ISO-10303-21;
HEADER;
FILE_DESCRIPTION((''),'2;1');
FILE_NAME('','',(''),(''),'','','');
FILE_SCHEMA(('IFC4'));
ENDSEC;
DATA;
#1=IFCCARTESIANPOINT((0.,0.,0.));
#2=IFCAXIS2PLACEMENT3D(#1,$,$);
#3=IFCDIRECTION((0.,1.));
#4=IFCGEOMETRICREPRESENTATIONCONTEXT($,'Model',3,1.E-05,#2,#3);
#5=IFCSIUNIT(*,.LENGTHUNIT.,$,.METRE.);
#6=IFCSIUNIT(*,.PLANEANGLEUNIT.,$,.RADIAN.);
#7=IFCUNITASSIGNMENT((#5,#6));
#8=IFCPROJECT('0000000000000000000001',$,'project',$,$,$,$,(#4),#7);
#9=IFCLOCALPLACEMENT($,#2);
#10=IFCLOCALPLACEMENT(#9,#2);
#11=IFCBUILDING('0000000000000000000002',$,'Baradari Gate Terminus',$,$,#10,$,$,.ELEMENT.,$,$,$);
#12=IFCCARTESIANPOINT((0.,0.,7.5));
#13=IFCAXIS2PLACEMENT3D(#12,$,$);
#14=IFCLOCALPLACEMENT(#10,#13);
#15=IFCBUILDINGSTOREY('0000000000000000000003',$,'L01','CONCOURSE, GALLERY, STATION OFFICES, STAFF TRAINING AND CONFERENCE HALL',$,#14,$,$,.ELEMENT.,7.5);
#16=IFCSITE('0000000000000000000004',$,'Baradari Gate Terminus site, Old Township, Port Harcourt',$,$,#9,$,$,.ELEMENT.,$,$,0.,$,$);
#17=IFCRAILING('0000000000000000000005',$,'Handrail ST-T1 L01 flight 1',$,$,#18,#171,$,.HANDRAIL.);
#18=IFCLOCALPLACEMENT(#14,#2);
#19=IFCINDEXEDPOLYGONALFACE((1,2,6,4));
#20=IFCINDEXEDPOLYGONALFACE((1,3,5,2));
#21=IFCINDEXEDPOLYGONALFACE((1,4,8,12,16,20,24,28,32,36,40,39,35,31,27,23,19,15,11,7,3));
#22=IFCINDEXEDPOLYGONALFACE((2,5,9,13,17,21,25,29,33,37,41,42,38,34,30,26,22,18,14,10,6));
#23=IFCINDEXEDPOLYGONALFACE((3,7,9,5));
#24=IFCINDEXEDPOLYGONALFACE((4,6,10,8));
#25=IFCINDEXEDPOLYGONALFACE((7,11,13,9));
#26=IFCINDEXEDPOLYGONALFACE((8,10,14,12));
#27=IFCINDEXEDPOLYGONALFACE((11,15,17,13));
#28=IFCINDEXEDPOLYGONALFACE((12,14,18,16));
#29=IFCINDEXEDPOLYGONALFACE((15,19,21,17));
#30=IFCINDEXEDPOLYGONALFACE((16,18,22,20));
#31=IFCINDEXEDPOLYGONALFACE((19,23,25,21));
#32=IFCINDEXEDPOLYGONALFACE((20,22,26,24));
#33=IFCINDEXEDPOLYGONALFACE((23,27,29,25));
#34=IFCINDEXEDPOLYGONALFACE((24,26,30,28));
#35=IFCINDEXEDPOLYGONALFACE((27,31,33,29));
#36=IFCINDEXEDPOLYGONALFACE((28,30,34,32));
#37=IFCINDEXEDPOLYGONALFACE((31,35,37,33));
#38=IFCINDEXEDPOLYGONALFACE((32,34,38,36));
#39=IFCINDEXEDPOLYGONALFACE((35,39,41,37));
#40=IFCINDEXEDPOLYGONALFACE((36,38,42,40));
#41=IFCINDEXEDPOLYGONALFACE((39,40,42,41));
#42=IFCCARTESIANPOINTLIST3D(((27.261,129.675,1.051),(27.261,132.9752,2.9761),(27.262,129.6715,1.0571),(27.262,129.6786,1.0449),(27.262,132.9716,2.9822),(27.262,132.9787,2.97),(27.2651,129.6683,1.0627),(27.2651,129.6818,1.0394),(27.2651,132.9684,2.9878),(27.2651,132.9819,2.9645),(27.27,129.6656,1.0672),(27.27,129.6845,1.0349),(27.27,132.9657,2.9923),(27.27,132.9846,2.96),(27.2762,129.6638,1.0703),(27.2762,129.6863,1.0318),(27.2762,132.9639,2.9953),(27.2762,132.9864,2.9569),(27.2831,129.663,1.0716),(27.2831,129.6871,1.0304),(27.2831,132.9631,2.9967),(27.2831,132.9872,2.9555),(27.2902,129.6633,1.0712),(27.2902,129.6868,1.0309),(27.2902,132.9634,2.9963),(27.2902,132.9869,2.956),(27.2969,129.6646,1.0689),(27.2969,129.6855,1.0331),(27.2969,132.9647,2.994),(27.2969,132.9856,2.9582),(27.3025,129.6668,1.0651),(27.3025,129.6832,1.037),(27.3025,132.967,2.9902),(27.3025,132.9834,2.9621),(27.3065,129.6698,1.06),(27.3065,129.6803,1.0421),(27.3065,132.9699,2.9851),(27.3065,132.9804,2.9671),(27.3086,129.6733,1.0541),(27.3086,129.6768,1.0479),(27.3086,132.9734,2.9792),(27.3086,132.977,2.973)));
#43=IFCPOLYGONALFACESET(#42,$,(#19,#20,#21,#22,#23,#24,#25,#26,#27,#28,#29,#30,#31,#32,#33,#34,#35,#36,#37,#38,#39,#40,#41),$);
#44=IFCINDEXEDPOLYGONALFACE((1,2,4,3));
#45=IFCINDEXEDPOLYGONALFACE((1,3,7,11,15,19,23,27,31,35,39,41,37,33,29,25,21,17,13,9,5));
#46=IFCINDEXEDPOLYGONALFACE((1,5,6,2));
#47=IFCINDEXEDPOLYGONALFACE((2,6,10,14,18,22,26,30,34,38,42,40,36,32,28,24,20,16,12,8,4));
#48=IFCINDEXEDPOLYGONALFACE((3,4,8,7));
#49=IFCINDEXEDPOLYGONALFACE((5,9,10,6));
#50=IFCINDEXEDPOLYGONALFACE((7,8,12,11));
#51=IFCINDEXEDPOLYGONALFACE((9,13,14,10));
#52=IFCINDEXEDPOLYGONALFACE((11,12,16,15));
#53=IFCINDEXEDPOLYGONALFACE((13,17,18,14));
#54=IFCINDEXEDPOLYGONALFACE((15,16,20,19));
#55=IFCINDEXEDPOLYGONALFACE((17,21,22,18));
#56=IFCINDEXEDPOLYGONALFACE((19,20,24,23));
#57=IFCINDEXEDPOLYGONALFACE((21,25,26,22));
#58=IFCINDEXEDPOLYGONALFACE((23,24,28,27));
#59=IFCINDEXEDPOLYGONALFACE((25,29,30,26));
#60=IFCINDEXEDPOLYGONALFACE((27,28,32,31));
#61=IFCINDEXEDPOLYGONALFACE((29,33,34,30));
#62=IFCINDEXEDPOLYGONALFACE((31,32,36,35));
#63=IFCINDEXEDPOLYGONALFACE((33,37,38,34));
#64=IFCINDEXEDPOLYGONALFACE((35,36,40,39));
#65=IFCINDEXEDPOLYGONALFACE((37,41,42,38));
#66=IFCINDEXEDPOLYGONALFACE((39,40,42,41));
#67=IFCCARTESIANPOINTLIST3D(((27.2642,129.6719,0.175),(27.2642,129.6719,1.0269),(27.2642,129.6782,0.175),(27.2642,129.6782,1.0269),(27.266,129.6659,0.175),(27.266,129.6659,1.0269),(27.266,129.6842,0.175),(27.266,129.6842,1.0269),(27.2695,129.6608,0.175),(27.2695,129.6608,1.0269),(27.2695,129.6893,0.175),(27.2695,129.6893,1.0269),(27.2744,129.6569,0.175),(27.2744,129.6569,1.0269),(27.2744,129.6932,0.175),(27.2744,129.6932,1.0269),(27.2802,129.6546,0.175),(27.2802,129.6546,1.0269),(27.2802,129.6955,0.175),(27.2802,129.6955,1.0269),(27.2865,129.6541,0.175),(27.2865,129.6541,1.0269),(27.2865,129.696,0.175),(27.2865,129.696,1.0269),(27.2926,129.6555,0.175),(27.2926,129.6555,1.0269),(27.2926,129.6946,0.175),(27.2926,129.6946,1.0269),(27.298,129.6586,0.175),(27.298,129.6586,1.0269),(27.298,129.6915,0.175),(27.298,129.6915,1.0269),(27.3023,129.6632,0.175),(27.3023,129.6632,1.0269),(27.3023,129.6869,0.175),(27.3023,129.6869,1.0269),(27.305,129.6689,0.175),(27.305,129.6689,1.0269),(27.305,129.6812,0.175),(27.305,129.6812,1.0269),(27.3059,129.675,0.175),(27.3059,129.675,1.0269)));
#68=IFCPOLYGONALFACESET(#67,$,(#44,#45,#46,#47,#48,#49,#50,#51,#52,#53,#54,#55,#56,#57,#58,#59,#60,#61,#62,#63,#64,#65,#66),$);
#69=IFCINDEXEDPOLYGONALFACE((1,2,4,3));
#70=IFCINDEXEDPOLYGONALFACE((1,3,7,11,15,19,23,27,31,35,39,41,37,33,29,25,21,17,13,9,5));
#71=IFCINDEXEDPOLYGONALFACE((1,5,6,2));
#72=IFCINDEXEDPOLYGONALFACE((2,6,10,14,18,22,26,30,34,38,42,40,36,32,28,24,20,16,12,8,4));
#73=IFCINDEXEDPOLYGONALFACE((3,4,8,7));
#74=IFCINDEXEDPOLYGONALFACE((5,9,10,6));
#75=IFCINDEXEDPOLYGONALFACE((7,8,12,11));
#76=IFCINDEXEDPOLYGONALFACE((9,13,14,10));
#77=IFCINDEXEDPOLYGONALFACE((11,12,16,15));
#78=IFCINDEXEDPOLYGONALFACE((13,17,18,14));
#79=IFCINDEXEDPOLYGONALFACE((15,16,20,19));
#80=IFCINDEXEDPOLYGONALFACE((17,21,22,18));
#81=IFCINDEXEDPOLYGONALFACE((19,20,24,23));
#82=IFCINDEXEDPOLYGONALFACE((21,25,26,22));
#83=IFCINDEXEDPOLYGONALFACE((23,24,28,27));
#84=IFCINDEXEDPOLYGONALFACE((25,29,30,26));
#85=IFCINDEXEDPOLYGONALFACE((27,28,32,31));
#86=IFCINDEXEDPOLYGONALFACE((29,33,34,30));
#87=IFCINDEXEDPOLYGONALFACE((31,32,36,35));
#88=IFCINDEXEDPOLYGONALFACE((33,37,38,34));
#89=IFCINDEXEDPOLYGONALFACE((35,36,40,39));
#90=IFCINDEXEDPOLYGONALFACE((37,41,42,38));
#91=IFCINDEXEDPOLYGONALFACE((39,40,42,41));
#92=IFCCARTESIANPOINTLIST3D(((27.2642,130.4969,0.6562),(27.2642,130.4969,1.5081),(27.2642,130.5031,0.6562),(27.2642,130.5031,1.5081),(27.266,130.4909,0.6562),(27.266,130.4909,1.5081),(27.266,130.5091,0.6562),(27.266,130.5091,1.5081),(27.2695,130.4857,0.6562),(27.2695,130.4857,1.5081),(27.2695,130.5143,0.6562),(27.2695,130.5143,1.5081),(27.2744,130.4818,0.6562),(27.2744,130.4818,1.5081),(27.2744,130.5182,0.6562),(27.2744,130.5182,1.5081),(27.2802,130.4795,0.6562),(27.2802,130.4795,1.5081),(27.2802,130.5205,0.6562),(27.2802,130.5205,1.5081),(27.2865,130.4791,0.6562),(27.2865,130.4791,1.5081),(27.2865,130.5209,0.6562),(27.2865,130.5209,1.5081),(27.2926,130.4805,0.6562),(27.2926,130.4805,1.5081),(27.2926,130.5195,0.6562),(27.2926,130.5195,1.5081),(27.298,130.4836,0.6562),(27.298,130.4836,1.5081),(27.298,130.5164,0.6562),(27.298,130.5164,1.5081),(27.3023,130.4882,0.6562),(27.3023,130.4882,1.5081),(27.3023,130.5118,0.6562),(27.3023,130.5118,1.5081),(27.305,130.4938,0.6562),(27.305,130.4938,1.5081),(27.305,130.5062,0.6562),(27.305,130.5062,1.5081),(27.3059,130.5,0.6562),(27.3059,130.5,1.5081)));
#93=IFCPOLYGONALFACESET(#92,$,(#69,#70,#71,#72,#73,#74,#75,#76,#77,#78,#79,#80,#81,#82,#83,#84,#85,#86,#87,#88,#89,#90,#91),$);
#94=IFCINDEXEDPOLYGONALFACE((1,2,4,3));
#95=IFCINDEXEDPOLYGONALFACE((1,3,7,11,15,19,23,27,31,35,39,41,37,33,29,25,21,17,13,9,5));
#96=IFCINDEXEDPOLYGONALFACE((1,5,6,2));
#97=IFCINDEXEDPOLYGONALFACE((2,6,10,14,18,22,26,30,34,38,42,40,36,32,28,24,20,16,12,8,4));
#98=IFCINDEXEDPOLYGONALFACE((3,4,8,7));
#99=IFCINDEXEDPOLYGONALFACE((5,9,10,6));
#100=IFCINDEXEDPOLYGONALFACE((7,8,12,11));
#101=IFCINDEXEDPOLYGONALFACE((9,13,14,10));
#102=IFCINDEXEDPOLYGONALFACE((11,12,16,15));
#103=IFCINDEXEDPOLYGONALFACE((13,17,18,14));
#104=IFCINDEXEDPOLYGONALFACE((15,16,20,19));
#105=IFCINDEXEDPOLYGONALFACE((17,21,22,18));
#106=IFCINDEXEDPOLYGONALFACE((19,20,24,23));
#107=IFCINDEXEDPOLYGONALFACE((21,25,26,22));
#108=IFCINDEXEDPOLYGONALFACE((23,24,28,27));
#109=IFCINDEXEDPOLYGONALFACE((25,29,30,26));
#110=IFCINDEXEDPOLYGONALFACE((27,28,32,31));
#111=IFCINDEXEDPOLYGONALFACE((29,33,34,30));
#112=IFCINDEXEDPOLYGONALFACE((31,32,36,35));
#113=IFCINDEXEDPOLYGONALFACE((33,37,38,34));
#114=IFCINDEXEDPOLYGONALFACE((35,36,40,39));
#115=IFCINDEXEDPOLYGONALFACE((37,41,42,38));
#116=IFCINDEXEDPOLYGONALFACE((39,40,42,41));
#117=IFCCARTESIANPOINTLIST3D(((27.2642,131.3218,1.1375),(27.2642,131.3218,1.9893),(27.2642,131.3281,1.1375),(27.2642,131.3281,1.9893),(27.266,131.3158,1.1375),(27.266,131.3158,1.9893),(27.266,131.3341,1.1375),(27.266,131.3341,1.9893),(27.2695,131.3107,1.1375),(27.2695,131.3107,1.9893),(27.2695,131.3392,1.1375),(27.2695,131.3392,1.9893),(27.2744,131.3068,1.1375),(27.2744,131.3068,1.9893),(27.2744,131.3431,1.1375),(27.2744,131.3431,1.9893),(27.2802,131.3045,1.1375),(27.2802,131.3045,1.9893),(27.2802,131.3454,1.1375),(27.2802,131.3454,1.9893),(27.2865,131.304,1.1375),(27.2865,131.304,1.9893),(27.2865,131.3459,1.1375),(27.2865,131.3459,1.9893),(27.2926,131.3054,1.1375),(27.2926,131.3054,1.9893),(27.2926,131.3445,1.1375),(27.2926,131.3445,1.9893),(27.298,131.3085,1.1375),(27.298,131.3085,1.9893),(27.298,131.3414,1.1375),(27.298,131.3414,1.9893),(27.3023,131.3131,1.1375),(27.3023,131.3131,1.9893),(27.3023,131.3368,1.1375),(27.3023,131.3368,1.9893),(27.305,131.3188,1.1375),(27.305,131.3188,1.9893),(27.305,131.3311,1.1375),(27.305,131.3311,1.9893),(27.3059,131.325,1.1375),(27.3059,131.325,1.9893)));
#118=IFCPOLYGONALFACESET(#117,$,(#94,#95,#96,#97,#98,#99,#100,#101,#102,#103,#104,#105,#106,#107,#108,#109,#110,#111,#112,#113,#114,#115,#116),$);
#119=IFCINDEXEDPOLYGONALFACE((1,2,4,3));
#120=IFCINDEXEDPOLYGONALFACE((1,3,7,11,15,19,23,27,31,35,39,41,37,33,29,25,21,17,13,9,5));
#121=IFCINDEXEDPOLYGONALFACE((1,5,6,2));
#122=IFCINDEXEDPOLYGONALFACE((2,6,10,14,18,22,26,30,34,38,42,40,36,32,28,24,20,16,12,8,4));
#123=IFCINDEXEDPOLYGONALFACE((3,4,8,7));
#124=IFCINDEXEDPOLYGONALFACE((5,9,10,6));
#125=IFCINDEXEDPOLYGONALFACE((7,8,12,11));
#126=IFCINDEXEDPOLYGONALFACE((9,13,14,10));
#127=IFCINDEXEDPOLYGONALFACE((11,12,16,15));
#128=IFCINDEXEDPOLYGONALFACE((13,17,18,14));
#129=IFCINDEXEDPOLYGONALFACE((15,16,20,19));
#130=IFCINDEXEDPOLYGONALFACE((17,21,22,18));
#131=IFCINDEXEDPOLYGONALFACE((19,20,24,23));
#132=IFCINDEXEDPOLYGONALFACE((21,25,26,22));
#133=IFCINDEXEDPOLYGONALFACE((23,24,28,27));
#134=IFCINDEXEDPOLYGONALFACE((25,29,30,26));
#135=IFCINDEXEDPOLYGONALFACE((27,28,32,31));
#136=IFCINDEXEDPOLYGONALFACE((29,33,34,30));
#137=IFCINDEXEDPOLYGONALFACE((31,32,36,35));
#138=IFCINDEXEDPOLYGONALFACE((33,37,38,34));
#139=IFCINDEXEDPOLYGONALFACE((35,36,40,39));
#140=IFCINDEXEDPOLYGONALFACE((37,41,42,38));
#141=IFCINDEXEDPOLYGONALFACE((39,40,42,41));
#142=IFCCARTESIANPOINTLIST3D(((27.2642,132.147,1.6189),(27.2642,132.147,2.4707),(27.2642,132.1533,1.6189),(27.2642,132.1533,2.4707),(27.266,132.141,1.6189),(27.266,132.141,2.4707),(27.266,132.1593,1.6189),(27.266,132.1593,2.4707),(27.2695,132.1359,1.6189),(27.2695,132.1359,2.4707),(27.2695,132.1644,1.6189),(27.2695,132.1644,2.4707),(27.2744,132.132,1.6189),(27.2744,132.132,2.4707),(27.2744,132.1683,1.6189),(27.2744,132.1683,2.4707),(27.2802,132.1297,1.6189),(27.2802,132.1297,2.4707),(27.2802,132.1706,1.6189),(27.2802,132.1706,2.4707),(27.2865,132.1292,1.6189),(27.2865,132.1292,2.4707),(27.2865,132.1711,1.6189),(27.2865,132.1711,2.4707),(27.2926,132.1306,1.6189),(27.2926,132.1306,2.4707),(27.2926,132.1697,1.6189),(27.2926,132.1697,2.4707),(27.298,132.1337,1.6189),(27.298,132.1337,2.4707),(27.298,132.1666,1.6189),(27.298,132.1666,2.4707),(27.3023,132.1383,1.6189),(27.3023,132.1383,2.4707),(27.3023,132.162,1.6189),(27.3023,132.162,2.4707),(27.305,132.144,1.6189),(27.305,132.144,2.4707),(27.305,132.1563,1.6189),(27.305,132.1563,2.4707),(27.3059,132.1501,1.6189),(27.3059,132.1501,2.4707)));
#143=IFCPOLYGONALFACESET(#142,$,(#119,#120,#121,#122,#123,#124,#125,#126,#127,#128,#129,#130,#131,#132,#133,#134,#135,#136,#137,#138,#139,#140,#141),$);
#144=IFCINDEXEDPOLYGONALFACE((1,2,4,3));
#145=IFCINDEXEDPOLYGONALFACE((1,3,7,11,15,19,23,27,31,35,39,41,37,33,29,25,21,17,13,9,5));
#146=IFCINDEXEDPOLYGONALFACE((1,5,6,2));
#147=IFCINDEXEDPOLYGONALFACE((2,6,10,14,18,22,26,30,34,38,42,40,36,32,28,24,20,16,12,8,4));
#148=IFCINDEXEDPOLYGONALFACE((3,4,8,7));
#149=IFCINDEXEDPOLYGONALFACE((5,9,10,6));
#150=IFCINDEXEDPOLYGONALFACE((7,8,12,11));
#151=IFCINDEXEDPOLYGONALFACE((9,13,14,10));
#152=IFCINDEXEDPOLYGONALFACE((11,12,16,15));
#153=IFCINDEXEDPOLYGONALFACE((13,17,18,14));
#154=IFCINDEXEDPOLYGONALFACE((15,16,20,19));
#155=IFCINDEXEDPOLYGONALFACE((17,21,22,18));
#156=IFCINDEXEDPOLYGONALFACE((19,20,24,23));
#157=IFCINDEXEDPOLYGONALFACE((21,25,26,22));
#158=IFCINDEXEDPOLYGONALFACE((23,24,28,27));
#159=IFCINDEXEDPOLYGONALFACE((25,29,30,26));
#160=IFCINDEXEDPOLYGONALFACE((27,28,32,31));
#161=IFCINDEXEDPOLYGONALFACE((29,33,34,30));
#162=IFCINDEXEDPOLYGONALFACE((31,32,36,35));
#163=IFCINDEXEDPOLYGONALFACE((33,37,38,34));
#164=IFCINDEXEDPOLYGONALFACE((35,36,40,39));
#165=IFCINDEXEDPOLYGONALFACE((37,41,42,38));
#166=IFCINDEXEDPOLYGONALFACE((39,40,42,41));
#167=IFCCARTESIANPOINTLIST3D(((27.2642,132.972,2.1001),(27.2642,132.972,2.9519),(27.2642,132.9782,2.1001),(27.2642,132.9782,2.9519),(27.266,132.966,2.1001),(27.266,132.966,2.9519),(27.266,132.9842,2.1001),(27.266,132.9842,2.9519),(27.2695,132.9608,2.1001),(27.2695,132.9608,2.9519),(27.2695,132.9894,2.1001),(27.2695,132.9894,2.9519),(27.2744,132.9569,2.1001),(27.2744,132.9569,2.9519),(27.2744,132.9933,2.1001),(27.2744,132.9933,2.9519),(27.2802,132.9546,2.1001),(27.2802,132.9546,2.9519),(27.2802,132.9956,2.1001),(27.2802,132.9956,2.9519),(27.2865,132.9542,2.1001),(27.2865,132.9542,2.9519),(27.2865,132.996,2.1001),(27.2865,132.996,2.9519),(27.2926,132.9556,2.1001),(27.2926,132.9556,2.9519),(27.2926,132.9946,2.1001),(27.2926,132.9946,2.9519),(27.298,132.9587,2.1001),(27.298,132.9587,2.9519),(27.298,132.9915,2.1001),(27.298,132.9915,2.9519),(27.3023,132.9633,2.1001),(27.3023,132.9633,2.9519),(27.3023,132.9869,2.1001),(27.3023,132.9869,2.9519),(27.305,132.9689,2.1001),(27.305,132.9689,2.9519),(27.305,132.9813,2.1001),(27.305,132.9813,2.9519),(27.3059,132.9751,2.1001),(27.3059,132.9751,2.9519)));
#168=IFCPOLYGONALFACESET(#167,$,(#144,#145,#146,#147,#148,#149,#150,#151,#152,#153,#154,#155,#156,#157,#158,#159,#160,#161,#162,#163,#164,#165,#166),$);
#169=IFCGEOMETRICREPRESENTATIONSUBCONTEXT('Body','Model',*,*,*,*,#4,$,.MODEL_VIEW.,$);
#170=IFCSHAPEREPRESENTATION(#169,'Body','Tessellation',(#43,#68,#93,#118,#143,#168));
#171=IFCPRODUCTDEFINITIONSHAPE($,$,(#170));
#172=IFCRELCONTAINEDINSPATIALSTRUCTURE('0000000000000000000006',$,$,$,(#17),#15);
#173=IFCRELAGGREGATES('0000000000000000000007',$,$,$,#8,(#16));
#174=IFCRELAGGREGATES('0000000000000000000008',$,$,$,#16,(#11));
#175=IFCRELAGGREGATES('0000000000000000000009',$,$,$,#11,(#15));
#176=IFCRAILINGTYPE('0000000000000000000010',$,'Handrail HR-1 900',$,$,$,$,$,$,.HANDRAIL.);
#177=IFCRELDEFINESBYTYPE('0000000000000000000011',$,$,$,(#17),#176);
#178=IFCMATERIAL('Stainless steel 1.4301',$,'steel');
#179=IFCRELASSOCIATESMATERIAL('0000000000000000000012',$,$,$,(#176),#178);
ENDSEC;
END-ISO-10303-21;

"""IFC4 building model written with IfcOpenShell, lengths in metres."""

from ifc_helpers import new_model, si_unit, direction, frame, origin, origin_2d, place, context, subcontext, project, spatial, circle, extrude, material, type_object, element, save


model = new_model("IFC4")

# Units and contexts
model_context = context("Model", 3, precision=1e-05, world=origin(), true_north=direction((0.0, 1.0)))
body_context = subcontext(model_context, "Body", "Model", "MODEL_VIEW")
ifc_project = project(units=[si_unit("LENGTHUNIT", "METRE"), si_unit("PLANEANGLEUNIT", "RADIAN")], contexts=[model_context])

# Site, building, storey
site_placement = place(None, origin())
site = spatial("IfcSite", under=ifc_project, at=site_placement, Name="Baradari Gate Terminus site, Old Township, Port Harcourt", CompositionType="ELEMENT", RefElevation=0.0)
building_placement = place(site_placement, origin())
building = spatial("IfcBuilding", under=site, at=building_placement, Name="Baradari Gate Terminus", CompositionType="ELEMENT")
storey_placement = place(building_placement, frame((0.0, 0.0, 7.5)))
storey = spatial("IfcBuildingStorey", under=building, at=storey_placement, Name="L01", Description="CONCOURSE, GALLERY, STATION OFFICES, STAFF TRAINING AND CONFERENCE HALL", CompositionType="ELEMENT", Elevation=7.5)

# Railing
ifc_material_1 = material(Name="Stainless steel 1.4301", Category="steel")
railing_type = type_object("IfcRailingType", Name="Handrail HR-1 900", PredefinedType="HANDRAIL", material=ifc_material_1)
for number, where, name in (
    (1, (27.2849, 129.675, 0.175), "Handrail ST-T1 L01 flight 1"),
):
    element("IfcRailing", number, at=place(storey_placement, frame(where)), inside=storey, type_object=railing_type, Name=name, PredefinedType="HANDRAIL", context=body_context, shape_type="SweptSolid", body=[
        extrude(circle(Radius=0.0239, at=origin_2d()), frame((0.0, 0.0, 0.876), z_axis=(0.0, 0.863777, 0.503875), x_axis=(-1.0, 0.0, 0.0)), (0.0, 0.0, 1.0), 3.8206),
        extrude(circle(Radius=0.021, at=origin_2d()), origin(), (0.0, 0.0, 1.0), 0.8518),
        extrude(circle(Radius=0.021, at=origin_2d()), frame((0.0, 0.825, 0.4812)), (0.0, 0.0, 1.0), 0.8518),
        extrude(circle(Radius=0.021, at=origin_2d()), frame((0.0, 1.6499, 0.9624)), (0.0, 0.0, 1.0), 0.8518),
        extrude(circle(Radius=0.021, at=origin_2d()), frame((0.0, 2.4751, 1.4438)), (0.0, 0.0, 1.0), 0.8518),
        extrude(circle(Radius=0.021, at=origin_2d()), frame((0.0, 3.3, 1.925)), (0.0, 0.0, 1.0), 0.8518),
    ])

save(model, "model.ifc")
